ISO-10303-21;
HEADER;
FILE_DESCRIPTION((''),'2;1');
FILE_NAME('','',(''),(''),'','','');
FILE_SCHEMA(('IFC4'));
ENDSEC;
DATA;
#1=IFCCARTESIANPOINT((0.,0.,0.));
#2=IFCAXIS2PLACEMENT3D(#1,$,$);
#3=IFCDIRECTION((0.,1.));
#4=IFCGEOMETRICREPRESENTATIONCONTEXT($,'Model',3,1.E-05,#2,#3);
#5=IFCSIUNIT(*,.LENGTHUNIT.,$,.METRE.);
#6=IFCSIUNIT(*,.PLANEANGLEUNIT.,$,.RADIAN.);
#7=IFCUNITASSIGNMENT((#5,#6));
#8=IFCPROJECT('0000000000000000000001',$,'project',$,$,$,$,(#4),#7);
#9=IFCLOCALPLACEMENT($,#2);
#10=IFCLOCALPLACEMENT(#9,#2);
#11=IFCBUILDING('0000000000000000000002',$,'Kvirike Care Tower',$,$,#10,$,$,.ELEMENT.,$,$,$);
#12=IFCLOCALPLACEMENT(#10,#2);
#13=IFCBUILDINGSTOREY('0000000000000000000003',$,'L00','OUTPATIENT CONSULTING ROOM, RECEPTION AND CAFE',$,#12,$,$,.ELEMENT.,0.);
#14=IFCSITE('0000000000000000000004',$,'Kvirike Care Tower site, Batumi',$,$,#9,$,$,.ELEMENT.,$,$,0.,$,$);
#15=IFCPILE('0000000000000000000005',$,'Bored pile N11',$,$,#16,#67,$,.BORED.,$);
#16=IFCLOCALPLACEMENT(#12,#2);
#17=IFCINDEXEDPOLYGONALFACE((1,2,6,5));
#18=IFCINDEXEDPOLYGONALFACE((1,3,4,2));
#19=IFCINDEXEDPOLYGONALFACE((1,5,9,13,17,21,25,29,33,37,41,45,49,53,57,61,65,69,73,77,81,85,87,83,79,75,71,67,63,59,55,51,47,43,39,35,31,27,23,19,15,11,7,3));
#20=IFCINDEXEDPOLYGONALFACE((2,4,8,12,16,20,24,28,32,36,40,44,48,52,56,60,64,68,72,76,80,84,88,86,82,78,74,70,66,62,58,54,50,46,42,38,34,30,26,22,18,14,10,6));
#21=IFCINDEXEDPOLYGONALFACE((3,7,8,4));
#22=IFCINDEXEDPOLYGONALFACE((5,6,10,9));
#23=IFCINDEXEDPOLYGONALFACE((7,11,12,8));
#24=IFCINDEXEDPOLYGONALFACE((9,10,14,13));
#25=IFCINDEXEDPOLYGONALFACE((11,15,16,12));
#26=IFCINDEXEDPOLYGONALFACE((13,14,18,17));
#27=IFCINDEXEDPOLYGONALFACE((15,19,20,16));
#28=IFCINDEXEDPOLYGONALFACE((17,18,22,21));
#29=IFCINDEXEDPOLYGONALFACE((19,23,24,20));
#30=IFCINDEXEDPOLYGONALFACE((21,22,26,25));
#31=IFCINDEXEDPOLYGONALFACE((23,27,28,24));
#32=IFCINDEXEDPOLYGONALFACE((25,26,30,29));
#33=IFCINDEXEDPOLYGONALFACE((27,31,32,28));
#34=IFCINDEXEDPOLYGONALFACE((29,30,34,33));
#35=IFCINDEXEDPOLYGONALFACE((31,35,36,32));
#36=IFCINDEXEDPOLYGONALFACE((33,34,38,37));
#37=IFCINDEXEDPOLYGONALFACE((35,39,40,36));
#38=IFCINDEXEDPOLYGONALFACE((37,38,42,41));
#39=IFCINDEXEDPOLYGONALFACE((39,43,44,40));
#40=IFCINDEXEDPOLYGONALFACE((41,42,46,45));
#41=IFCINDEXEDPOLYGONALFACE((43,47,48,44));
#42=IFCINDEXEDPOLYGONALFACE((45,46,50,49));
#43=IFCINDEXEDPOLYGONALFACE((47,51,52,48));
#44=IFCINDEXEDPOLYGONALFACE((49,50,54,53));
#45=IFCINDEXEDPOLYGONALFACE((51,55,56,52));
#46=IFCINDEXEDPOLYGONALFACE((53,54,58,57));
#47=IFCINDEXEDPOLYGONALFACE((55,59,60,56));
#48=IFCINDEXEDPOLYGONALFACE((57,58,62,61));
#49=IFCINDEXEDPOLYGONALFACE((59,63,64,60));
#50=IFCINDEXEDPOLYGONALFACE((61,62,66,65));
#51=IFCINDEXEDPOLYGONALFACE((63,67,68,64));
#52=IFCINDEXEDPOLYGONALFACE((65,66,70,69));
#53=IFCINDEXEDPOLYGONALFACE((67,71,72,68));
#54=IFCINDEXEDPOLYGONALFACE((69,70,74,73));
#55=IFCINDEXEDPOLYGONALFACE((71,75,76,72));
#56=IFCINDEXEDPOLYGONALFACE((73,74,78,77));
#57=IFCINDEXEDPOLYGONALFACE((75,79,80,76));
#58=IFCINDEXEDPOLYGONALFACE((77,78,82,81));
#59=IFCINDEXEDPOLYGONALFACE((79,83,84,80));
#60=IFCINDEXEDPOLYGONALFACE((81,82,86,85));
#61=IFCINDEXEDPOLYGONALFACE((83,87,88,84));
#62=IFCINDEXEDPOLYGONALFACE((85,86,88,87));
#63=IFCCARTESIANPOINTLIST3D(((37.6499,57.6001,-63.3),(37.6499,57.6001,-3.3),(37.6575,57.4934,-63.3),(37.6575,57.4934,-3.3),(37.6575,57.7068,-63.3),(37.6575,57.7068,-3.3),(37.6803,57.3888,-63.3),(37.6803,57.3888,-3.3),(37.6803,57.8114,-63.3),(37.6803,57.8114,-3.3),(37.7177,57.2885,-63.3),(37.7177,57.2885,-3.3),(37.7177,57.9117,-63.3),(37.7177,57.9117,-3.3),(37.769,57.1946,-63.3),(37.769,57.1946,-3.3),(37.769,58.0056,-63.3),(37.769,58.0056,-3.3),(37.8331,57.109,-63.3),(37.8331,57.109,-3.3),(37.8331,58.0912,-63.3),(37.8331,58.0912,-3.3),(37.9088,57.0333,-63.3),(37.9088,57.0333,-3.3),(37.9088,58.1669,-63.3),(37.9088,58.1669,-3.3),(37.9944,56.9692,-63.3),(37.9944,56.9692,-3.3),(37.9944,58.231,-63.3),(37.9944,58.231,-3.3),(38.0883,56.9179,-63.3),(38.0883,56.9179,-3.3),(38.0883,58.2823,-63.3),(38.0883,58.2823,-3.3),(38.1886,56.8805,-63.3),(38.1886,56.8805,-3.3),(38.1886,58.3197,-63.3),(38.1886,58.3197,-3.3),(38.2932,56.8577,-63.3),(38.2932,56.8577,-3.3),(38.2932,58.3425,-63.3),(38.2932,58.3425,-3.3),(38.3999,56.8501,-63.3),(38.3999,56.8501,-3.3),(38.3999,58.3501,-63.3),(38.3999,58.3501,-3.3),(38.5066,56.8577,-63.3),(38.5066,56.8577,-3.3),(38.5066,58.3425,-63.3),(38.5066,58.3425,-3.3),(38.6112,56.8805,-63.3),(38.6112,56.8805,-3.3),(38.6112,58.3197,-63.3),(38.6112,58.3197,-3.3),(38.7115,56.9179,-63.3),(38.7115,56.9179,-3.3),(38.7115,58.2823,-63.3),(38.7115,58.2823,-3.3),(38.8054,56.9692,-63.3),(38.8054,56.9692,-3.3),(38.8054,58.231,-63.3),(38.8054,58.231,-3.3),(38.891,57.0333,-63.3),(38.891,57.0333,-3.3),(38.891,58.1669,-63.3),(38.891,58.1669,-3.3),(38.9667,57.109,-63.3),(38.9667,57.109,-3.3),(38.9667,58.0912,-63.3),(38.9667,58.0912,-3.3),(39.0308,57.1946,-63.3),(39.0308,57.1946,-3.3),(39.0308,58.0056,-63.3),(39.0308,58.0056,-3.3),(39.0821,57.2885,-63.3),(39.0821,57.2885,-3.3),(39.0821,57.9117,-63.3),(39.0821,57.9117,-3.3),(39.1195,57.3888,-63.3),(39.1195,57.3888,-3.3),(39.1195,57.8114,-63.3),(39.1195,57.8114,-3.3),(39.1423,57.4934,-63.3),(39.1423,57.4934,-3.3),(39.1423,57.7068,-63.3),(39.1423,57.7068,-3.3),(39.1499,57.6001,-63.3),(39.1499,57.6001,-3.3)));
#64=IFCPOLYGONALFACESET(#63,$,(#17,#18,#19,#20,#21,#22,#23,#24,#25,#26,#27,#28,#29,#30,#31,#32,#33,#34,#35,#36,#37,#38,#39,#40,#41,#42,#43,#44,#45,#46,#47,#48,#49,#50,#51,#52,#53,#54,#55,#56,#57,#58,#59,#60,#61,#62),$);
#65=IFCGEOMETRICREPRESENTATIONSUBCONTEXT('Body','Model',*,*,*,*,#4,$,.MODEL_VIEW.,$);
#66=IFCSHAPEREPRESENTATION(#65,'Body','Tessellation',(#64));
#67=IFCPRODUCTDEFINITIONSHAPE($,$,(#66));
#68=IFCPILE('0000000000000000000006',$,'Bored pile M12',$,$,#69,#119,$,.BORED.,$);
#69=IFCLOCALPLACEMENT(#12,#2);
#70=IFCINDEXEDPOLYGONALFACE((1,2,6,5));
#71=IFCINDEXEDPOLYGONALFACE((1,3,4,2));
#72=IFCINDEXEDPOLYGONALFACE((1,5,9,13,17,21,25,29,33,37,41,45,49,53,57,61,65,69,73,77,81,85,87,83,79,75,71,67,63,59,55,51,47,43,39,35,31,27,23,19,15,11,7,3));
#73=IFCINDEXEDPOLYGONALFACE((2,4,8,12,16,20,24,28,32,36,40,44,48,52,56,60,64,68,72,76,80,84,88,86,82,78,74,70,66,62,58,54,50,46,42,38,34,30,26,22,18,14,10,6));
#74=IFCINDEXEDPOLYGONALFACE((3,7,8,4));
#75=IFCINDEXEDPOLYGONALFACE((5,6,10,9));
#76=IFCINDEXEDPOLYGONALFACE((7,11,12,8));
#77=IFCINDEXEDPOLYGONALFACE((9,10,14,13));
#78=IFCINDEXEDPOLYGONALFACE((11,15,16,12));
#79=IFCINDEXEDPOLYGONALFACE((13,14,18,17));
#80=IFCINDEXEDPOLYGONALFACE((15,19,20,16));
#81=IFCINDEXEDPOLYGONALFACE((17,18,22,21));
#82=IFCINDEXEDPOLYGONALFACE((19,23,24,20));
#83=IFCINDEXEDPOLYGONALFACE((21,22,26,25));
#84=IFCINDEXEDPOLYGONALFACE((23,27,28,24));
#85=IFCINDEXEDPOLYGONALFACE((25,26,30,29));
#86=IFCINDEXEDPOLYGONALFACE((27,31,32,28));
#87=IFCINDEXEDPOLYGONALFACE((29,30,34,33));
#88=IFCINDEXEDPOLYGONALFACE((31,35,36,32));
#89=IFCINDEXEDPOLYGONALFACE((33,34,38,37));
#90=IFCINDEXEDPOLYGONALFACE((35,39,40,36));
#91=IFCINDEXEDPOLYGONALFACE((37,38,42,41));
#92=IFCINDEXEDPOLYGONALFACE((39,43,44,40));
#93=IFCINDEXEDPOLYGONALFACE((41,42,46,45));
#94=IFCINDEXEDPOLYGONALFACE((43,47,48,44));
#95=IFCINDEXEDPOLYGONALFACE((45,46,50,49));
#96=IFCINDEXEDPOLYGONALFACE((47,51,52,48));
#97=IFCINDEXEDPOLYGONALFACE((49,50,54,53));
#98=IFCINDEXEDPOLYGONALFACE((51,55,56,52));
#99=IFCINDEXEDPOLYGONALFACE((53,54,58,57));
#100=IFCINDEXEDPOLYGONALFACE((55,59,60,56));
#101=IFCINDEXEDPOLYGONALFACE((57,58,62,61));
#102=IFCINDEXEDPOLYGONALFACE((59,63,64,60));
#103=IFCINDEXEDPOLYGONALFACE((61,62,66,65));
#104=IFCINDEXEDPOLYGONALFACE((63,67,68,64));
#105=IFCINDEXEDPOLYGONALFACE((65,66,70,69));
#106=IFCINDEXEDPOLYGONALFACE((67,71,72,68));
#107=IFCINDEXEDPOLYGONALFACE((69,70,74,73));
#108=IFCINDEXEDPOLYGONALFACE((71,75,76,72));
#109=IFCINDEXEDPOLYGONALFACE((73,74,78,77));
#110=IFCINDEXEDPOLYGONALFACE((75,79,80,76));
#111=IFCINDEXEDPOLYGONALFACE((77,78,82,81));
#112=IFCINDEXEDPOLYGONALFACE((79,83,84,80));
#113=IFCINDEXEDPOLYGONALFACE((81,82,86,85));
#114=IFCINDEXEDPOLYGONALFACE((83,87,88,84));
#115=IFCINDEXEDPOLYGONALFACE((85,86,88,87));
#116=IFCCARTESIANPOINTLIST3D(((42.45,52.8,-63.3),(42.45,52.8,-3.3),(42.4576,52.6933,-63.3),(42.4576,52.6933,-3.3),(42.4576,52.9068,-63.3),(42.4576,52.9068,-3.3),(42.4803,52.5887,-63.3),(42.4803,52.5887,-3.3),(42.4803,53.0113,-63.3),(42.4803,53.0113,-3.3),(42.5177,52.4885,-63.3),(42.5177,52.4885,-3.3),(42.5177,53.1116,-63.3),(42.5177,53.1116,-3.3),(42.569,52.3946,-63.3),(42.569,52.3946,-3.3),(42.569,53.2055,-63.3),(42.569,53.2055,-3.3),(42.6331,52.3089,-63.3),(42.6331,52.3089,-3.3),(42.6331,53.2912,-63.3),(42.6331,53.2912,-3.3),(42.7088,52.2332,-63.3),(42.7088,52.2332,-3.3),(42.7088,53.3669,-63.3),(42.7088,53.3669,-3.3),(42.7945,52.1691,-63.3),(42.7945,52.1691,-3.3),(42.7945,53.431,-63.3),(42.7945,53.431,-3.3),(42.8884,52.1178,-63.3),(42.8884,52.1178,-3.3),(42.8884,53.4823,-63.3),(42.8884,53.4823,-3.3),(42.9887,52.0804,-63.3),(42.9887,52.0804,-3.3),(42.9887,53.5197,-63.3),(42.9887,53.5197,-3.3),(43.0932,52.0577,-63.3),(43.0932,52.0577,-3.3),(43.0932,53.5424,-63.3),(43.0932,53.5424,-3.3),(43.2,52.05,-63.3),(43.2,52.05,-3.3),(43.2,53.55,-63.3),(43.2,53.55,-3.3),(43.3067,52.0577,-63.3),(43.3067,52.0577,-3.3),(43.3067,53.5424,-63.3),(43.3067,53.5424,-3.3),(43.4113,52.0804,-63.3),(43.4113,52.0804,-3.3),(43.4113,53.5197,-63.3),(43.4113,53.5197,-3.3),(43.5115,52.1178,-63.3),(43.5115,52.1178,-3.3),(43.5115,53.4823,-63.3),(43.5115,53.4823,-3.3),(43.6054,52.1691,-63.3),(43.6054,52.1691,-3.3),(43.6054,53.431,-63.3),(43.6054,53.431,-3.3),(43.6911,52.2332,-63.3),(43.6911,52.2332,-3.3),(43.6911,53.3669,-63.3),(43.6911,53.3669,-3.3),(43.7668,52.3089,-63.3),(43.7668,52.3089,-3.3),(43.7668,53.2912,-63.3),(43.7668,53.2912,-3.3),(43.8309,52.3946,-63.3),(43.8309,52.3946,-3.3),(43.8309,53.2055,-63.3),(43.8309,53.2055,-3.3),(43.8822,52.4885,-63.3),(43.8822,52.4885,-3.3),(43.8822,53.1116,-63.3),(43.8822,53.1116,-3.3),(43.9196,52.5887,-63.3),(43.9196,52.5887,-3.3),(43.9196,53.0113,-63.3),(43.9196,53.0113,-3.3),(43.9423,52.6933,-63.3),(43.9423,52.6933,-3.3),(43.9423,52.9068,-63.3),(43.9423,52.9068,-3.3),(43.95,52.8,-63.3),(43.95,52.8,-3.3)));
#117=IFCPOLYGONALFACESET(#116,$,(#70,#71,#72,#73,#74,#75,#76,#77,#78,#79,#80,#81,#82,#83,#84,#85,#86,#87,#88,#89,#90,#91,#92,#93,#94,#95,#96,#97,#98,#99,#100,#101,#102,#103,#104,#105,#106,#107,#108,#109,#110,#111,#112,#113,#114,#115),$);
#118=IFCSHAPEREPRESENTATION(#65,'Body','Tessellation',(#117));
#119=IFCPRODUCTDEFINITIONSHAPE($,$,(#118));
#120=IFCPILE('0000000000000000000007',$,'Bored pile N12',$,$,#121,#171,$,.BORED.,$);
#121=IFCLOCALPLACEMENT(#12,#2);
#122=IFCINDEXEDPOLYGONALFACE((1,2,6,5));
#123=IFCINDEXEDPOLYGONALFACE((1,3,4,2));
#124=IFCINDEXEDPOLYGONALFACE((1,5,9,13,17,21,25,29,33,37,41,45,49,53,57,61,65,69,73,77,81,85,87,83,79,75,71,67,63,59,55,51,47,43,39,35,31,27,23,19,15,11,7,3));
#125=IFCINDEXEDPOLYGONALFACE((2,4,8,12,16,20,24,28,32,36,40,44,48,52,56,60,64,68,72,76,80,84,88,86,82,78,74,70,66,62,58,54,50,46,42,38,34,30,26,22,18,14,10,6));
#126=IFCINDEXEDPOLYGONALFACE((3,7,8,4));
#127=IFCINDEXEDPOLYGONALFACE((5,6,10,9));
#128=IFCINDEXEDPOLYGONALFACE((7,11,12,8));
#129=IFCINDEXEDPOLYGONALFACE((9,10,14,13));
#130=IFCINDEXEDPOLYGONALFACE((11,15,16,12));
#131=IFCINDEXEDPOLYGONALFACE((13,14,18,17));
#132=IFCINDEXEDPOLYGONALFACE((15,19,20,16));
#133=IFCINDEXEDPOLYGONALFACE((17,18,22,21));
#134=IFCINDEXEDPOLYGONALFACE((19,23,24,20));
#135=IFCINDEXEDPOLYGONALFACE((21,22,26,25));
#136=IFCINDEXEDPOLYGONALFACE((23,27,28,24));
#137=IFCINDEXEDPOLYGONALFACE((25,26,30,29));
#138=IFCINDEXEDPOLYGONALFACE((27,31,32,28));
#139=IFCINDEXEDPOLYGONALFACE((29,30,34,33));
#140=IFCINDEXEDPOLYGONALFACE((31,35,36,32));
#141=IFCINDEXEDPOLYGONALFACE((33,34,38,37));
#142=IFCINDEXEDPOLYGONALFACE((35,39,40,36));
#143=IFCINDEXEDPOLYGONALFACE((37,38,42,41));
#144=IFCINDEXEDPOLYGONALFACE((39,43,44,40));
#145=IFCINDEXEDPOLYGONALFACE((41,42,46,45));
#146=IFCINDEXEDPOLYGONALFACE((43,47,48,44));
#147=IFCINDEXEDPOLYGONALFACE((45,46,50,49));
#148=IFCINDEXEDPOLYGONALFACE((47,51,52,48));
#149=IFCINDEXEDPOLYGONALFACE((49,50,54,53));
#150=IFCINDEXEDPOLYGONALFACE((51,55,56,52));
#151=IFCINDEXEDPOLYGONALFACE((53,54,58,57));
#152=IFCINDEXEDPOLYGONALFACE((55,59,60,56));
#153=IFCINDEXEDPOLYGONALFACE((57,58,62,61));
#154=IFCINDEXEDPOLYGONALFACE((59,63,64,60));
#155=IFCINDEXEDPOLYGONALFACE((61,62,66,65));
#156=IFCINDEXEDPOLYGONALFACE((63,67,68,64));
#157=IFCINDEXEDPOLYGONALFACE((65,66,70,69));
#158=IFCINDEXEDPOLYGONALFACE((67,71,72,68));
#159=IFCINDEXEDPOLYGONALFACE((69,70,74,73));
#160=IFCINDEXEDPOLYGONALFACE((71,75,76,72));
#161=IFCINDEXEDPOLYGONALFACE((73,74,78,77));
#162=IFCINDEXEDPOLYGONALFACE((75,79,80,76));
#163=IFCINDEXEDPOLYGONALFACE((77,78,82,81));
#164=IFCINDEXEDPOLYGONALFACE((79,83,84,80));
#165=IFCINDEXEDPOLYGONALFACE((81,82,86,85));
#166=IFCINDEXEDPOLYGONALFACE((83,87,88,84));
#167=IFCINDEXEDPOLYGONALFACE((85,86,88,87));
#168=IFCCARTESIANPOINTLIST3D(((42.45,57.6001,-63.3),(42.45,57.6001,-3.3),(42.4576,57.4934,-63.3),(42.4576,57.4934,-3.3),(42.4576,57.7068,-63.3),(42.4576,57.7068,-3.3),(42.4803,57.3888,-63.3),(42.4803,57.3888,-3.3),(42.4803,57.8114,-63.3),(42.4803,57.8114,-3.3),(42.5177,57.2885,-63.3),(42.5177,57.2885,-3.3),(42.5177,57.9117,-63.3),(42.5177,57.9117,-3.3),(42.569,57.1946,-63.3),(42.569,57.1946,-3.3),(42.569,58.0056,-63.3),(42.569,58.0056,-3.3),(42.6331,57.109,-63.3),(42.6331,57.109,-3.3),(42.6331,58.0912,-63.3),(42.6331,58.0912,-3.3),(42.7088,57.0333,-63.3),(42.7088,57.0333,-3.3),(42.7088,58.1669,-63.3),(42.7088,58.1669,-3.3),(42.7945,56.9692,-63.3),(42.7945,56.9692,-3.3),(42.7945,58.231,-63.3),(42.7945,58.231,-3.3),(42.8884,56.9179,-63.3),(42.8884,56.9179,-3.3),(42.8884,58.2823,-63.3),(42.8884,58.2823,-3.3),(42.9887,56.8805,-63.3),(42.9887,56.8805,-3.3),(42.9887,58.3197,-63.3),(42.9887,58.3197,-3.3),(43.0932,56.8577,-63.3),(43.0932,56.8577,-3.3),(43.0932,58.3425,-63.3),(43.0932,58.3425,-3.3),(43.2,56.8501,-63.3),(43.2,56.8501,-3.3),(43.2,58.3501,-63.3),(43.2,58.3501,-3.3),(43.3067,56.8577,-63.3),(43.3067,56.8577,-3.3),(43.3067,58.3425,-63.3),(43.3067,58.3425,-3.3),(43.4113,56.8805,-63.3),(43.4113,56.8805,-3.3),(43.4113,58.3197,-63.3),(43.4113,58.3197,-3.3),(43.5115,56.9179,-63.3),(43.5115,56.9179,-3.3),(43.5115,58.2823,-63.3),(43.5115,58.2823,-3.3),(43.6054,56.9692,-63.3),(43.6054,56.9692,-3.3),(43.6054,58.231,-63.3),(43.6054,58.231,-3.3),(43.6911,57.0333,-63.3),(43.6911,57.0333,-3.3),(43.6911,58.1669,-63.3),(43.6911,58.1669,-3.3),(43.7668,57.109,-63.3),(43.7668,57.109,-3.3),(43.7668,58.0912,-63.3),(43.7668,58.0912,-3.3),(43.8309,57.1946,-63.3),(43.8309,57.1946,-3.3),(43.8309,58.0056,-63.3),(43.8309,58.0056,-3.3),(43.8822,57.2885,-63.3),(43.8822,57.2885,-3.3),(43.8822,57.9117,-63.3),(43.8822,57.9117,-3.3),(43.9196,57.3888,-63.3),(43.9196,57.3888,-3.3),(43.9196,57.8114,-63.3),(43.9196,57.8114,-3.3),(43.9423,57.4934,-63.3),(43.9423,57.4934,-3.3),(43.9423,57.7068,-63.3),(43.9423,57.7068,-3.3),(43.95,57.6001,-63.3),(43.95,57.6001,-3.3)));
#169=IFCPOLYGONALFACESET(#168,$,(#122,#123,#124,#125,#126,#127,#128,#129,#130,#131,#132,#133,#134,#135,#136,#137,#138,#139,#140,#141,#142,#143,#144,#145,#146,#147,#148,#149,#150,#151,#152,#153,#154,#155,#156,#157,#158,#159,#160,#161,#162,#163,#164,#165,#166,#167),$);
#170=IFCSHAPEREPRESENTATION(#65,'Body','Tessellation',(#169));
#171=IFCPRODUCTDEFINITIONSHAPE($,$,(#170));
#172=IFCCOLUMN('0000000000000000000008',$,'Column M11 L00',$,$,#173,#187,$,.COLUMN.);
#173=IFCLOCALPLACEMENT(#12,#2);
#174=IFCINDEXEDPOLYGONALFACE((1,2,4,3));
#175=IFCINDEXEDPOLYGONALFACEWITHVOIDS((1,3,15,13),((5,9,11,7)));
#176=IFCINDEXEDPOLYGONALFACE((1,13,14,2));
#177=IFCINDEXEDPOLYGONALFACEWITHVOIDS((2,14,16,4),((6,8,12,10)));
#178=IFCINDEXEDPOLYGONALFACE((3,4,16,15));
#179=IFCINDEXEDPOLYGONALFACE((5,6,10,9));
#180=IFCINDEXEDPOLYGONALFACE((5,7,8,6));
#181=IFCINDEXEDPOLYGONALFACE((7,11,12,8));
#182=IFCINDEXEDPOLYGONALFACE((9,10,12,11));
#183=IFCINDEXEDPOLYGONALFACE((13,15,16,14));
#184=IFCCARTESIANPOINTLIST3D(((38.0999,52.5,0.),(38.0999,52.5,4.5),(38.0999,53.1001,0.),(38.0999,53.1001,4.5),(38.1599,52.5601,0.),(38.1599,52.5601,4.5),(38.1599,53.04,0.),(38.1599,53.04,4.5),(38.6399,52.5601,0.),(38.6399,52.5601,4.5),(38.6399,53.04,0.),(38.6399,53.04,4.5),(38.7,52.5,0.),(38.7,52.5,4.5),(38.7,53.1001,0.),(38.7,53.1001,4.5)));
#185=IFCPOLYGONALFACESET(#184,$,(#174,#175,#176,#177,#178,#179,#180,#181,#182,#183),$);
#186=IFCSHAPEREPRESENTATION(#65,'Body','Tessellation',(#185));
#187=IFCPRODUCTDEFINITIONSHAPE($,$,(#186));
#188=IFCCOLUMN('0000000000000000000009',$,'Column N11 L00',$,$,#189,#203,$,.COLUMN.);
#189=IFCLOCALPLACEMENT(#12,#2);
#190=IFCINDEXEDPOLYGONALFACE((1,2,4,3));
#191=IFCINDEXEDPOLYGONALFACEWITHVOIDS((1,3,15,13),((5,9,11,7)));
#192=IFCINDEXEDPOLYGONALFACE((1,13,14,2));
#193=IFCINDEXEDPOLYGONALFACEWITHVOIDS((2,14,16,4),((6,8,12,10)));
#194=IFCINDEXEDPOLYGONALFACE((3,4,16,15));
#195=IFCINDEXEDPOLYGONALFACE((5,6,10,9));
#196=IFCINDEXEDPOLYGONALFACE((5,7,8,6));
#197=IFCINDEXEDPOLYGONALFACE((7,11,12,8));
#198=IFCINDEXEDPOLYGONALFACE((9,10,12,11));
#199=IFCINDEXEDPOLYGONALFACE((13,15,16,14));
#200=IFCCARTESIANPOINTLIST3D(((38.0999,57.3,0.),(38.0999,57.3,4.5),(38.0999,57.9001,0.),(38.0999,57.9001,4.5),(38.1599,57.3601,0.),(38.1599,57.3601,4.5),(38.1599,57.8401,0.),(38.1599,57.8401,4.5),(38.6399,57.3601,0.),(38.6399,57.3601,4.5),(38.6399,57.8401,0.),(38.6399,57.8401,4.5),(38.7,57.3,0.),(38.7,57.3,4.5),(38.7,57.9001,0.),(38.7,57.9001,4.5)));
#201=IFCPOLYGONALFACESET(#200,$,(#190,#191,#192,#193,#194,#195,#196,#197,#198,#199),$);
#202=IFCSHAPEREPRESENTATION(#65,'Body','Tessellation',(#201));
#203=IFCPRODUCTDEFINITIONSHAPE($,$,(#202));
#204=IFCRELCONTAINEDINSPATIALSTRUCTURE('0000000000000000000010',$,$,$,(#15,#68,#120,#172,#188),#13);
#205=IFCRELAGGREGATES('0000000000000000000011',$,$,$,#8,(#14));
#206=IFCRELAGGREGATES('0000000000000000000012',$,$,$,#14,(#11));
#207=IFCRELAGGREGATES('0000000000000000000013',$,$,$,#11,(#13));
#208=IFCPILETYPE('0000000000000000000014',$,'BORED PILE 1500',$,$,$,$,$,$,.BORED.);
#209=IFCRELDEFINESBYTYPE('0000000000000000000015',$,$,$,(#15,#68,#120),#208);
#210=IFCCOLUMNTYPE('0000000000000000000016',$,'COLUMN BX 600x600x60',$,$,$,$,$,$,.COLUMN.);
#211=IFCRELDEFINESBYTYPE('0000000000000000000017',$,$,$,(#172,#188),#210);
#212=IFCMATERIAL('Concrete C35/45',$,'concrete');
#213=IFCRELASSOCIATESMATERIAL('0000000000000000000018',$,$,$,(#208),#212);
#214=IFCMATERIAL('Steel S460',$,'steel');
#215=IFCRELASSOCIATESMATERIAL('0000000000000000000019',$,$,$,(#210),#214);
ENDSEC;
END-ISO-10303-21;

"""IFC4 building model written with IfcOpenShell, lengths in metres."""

from ifc_helpers import new_model, si_unit, direction, frame, origin, origin_2d, place, context, subcontext, project, spatial, hollow_rectangle, circle, extrude, material, material_profile, profile_set, type_object, element, save


model = new_model("IFC4")

# Units and contexts
model_context = context("Model", 3, precision=1e-05, world=origin(), true_north=direction((0.0, 1.0)))
body_context = subcontext(model_context, "Body", "Model", "MODEL_VIEW")
ifc_project = project(units=[si_unit("LENGTHUNIT", "METRE"), si_unit("PLANEANGLEUNIT", "RADIAN")], contexts=[model_context])

# Site, building, storey
site_placement = place(None, origin())
site = spatial("IfcSite", under=ifc_project, at=site_placement, Name="Kvirike Care Tower site, Batumi", CompositionType="ELEMENT", RefElevation=0.0)
building_placement = place(site_placement, origin())
building = spatial("IfcBuilding", under=site, at=building_placement, Name="Kvirike Care Tower", CompositionType="ELEMENT")
storey_placement = place(building_placement, origin())
storey = spatial("IfcBuildingStorey", under=building, at=storey_placement, Name="L00", Description="OUTPATIENT CONSULTING ROOM, RECEPTION AND CAFE", CompositionType="ELEMENT", Elevation=0.0)

# Piles
ifc_material_1 = material(Name="Concrete C35/45", Category="concrete")
ifc_material_profile_1 = material_profile(ifc_material_1, circle(Radius=0.75, at=origin_2d()), Name="BORED PILE 1500")
ifc_profile_set_1 = profile_set([ifc_material_profile_1], Name="Concrete C35/45")
pile_type = type_object("IfcPileType", Name="BORED PILE 1500", PredefinedType="BORED", material=ifc_profile_set_1)
for number, where, z_axis, x_axis, name in (
    (1, (38.3999, 57.6001, -3.3), (0.0, 0.0, -1.0), (1.0, 0.0, 0.0), "Bored pile N11"),
    (2, (43.2, 52.8, -3.3), (0.0, 0.0, -1.0), (1.0, 0.0, 0.0), "Bored pile M12"),
    (3, (43.2, 57.6001, -3.3), (0.0, 0.0, -1.0), (1.0, 0.0, 0.0), "Bored pile N12"),
):
    element("IfcPile", number, at=place(storey_placement, frame(where, z_axis=z_axis, x_axis=x_axis)), inside=storey, type_object=pile_type, Name=name, PredefinedType="BORED", context=body_context, shape_type="SweptSolid", body=[
        extrude(circle(Radius=0.75, at=origin_2d()), origin(), (0.0, 0.0, 1.0), 60.0),
    ])

# Columns
ifc_material_2 = material(Name="Steel S460", Category="steel")
ifc_material_profile_2 = material_profile(ifc_material_2, hollow_rectangle(XDim=0.6001, YDim=0.6001, WallThickness=0.0601, at=origin_2d()), Name="BX 600x600x60")
ifc_profile_set_2 = profile_set([ifc_material_profile_2], Name="Steel S460")
column_type_1 = type_object("IfcColumnType", Name="COLUMN BX 600x600x60", PredefinedType="COLUMN", material=ifc_profile_set_2)
for number, where, z_axis, x_axis, name in (
    (4, (38.3999, 52.8, 0.0), (0.0, 0.0, 1.0), (0.0, 1.0, 0.0), "Column M11 L00"),
    (5, (38.3999, 57.6001, 0.0), (0.0, 0.0, 1.0), (0.0, 1.0, 0.0), "Column N11 L00"),
):
    element("IfcColumn", number, at=place(storey_placement, frame(where, z_axis=z_axis, x_axis=x_axis)), inside=storey, type_object=column_type_1, Name=name, PredefinedType="COLUMN", context=body_context, shape_type="SweptSolid", body=[
        extrude(hollow_rectangle(XDim=0.6001, YDim=0.6001, WallThickness=0.0601, at=origin_2d()), origin(), (0.0, 0.0, 1.0), 4.5),
    ])

save(model, "model.ifc")
